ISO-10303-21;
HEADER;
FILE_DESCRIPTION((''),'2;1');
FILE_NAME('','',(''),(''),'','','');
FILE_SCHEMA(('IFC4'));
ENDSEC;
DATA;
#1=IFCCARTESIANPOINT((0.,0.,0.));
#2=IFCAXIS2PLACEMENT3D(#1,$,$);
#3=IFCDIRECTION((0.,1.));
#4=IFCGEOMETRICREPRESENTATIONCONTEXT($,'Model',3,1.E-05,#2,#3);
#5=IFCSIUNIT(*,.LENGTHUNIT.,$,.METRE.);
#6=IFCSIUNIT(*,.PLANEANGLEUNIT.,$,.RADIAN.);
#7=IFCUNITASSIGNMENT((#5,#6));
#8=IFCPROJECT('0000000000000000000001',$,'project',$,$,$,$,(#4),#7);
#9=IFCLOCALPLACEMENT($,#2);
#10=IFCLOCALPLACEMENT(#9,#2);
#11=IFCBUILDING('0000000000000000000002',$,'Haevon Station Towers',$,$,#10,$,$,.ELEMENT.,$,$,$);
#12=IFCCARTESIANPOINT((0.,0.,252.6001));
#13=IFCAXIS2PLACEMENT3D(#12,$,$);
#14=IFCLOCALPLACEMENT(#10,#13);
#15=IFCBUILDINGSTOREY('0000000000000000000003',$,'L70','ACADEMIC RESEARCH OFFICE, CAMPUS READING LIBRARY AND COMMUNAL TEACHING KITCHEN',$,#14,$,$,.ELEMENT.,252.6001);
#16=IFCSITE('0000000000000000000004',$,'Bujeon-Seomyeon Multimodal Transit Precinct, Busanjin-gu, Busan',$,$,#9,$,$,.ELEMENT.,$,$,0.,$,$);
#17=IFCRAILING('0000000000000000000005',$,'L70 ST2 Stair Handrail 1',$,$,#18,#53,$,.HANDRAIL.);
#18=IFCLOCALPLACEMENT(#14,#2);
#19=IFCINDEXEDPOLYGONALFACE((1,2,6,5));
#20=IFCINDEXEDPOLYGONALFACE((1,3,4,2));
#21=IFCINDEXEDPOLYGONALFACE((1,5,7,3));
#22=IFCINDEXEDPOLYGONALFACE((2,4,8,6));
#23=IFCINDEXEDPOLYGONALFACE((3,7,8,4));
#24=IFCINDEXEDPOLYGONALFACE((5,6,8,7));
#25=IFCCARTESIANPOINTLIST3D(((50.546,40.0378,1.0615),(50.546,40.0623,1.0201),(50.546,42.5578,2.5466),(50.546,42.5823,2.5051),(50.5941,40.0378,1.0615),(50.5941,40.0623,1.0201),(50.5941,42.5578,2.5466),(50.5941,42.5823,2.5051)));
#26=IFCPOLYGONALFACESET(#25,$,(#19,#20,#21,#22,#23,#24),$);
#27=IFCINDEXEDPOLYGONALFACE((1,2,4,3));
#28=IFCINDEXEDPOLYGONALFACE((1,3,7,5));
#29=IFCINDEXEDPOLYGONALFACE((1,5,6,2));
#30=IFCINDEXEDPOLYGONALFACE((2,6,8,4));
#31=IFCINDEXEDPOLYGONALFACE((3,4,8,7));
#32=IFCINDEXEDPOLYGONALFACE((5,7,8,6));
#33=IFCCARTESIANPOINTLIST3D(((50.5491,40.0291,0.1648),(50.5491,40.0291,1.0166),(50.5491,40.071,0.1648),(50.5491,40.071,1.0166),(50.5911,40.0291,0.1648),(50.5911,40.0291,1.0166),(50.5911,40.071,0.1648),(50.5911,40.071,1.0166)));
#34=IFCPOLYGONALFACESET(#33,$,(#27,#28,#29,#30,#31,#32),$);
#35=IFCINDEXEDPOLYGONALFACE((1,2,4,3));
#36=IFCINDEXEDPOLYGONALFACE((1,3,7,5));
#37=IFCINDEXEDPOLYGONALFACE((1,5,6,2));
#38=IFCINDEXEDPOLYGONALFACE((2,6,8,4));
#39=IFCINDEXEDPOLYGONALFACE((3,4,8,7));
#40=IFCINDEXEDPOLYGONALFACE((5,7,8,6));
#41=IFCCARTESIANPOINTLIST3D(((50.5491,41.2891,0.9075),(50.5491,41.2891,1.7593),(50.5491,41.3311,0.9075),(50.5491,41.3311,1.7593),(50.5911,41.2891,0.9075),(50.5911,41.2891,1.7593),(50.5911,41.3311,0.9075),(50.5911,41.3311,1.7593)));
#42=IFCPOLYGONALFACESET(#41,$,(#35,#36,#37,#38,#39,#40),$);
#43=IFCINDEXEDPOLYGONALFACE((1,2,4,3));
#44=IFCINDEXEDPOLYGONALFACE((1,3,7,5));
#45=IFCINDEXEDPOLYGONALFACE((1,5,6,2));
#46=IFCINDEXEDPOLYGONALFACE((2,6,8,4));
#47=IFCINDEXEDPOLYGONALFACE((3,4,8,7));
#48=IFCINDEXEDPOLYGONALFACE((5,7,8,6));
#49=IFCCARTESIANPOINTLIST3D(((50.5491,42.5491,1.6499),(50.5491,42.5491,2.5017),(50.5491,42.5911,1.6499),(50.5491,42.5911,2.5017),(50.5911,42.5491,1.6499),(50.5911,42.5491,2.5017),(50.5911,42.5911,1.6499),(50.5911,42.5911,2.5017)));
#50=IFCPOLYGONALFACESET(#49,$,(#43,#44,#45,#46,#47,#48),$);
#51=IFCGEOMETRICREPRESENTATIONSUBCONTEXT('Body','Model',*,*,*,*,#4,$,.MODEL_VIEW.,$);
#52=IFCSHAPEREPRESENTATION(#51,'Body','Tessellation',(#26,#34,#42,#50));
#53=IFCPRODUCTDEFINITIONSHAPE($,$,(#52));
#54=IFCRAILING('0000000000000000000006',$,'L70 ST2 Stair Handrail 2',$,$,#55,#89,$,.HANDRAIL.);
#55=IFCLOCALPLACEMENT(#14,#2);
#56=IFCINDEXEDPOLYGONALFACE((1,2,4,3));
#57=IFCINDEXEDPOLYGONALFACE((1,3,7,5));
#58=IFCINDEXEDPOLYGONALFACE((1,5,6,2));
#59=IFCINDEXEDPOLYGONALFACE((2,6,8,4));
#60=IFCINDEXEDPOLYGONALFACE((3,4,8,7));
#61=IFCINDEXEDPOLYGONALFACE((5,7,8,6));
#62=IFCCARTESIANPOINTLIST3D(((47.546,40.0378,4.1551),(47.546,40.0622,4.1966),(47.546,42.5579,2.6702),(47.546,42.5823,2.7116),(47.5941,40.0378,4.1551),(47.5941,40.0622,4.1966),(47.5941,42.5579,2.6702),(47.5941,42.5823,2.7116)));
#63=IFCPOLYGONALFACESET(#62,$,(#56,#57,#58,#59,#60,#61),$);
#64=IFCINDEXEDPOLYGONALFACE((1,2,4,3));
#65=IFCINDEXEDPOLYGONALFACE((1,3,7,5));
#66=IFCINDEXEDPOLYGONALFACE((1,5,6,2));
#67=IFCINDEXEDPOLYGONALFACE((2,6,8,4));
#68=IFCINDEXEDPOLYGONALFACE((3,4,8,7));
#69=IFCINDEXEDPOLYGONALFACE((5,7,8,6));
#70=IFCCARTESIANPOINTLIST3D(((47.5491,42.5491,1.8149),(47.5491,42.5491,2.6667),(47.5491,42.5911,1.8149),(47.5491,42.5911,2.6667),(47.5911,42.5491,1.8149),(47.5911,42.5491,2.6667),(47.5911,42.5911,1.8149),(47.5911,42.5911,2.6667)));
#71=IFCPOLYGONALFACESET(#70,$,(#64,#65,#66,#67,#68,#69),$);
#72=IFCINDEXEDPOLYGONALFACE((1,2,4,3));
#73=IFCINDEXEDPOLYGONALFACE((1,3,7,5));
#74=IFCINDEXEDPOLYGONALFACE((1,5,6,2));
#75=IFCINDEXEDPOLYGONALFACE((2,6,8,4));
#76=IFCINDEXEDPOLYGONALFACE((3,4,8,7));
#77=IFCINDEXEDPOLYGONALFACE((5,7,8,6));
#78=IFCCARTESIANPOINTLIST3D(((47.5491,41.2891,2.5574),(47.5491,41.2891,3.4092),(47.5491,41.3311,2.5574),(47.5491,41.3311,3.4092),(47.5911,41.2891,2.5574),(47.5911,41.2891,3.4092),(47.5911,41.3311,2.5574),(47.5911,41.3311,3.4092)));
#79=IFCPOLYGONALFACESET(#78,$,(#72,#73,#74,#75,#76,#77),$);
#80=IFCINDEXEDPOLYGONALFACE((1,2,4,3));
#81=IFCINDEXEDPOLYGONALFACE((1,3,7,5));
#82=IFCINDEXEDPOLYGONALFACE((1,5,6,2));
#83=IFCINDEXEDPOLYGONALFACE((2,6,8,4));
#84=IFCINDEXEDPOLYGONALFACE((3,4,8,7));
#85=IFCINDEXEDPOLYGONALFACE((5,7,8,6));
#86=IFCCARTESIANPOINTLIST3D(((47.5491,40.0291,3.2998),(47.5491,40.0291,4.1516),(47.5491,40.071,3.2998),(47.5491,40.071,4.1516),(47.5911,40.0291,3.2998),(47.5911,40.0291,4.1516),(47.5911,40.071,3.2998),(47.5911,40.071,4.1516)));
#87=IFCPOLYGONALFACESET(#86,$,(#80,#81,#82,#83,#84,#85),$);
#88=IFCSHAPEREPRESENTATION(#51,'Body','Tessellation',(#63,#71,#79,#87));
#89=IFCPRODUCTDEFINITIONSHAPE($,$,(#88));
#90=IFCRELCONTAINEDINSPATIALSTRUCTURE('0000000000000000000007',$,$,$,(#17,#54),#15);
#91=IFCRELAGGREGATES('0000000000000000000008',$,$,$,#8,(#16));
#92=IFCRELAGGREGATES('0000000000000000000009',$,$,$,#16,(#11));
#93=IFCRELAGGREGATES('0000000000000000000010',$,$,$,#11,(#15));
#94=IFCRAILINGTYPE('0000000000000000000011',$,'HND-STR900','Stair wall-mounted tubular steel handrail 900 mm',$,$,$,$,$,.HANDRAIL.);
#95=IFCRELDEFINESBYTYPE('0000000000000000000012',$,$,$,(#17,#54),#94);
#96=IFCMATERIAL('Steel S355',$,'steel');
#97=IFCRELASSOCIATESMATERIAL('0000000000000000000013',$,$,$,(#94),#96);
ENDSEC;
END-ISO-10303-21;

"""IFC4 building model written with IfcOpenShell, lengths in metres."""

from ifc_helpers import new_model, si_unit, direction, frame, origin, origin_2d, place, context, subcontext, project, spatial, rectangle, extrude, material, type_object, element, save


model = new_model("IFC4")

# Units and contexts
model_context = context("Model", 3, precision=1e-05, world=origin(), true_north=direction((0.0, 1.0)))
body_context = subcontext(model_context, "Body", "Model", "MODEL_VIEW")
ifc_project = project(units=[si_unit("LENGTHUNIT", "METRE"), si_unit("PLANEANGLEUNIT", "RADIAN")], contexts=[model_context])

# Site, building, storey
site_placement = place(None, origin())
site = spatial("IfcSite", under=ifc_project, at=site_placement, Name="Bujeon-Seomyeon Multimodal Transit Precinct, Busanjin-gu, Busan", CompositionType="ELEMENT", RefElevation=0.0)
building_placement = place(site_placement, origin())
building = spatial("IfcBuilding", under=site, at=building_placement, Name="Haevon Station Towers", CompositionType="ELEMENT")
storey_placement = place(building_placement, frame((0.0, 0.0, 252.6001)))
storey = spatial("IfcBuildingStorey", under=building, at=storey_placement, Name="L70", Description="ACADEMIC RESEARCH OFFICE, CAMPUS READING LIBRARY AND COMMUNAL TEACHING KITCHEN", CompositionType="ELEMENT", Elevation=252.6001)

# Shared definitions
ifc_material_1 = material(Name="Steel S355", Category="steel")

# Railings
railing_type_1 = type_object("IfcRailingType", Name="HND-STR900", Description="Stair wall-mounted tubular steel handrail 900 mm", PredefinedType="HANDRAIL", material=ifc_material_1)
railing_1_placement = place(storey_placement, frame((50.5701, 40.05, 0.1648)))
element("IfcRailing", 1, at=railing_1_placement, inside=storey, type_object=railing_type_1, Name="L70 ST2 Stair Handrail 1", PredefinedType="HANDRAIL", context=body_context, shape_type="SweptSolid", body=[
    extrude(rectangle(XDim=0.0481, YDim=0.0481, at=origin_2d()), frame((0.0, 0.0, 0.876), z_axis=(0.0, 0.861524, 0.507717), x_axis=(-1.0, 0.0, 0.0)), (0.0, 0.0, 1.0), 2.925),
    extrude(rectangle(XDim=0.042, YDim=0.042, at=origin_2d()), origin(), (0.0, 0.0, 1.0), 0.8518),
    extrude(rectangle(XDim=0.042, YDim=0.042, at=origin_2d()), frame((0.0, 1.26, 0.7427)), (0.0, 0.0, 1.0), 0.8518),
    extrude(rectangle(XDim=0.042, YDim=0.042, at=origin_2d()), frame((0.0, 2.52, 1.4851)), (0.0, 0.0, 1.0), 0.8518),
])
railing_2_placement = place(storey_placement, frame((47.5701, 42.5701, 1.8149)))
element("IfcRailing", 2, at=railing_2_placement, inside=storey, type_object=railing_type_1, Name="L70 ST2 Stair Handrail 2", PredefinedType="HANDRAIL", context=body_context, shape_type="SweptSolid", body=[
    extrude(rectangle(XDim=0.0481, YDim=0.0481, at=origin_2d()), frame((0.0, 0.0, 0.876), z_axis=(0.0, -0.861561, 0.507655), x_axis=(1.0, 0.0, 0.0)), (0.0, 0.0, 1.0), 2.925),
    extrude(rectangle(XDim=0.042, YDim=0.042, at=origin_2d()), origin(), (0.0, 0.0, 1.0), 0.8518),
    extrude(rectangle(XDim=0.042, YDim=0.042, at=origin_2d()), frame((0.0, -1.26, 0.7424)), (0.0, 0.0, 1.0), 0.8518),
    extrude(rectangle(XDim=0.042, YDim=0.042, at=origin_2d()), frame((0.0, -2.52, 1.4849)), (0.0, 0.0, 1.0), 0.8518),
])

save(model, "model.ifc")
